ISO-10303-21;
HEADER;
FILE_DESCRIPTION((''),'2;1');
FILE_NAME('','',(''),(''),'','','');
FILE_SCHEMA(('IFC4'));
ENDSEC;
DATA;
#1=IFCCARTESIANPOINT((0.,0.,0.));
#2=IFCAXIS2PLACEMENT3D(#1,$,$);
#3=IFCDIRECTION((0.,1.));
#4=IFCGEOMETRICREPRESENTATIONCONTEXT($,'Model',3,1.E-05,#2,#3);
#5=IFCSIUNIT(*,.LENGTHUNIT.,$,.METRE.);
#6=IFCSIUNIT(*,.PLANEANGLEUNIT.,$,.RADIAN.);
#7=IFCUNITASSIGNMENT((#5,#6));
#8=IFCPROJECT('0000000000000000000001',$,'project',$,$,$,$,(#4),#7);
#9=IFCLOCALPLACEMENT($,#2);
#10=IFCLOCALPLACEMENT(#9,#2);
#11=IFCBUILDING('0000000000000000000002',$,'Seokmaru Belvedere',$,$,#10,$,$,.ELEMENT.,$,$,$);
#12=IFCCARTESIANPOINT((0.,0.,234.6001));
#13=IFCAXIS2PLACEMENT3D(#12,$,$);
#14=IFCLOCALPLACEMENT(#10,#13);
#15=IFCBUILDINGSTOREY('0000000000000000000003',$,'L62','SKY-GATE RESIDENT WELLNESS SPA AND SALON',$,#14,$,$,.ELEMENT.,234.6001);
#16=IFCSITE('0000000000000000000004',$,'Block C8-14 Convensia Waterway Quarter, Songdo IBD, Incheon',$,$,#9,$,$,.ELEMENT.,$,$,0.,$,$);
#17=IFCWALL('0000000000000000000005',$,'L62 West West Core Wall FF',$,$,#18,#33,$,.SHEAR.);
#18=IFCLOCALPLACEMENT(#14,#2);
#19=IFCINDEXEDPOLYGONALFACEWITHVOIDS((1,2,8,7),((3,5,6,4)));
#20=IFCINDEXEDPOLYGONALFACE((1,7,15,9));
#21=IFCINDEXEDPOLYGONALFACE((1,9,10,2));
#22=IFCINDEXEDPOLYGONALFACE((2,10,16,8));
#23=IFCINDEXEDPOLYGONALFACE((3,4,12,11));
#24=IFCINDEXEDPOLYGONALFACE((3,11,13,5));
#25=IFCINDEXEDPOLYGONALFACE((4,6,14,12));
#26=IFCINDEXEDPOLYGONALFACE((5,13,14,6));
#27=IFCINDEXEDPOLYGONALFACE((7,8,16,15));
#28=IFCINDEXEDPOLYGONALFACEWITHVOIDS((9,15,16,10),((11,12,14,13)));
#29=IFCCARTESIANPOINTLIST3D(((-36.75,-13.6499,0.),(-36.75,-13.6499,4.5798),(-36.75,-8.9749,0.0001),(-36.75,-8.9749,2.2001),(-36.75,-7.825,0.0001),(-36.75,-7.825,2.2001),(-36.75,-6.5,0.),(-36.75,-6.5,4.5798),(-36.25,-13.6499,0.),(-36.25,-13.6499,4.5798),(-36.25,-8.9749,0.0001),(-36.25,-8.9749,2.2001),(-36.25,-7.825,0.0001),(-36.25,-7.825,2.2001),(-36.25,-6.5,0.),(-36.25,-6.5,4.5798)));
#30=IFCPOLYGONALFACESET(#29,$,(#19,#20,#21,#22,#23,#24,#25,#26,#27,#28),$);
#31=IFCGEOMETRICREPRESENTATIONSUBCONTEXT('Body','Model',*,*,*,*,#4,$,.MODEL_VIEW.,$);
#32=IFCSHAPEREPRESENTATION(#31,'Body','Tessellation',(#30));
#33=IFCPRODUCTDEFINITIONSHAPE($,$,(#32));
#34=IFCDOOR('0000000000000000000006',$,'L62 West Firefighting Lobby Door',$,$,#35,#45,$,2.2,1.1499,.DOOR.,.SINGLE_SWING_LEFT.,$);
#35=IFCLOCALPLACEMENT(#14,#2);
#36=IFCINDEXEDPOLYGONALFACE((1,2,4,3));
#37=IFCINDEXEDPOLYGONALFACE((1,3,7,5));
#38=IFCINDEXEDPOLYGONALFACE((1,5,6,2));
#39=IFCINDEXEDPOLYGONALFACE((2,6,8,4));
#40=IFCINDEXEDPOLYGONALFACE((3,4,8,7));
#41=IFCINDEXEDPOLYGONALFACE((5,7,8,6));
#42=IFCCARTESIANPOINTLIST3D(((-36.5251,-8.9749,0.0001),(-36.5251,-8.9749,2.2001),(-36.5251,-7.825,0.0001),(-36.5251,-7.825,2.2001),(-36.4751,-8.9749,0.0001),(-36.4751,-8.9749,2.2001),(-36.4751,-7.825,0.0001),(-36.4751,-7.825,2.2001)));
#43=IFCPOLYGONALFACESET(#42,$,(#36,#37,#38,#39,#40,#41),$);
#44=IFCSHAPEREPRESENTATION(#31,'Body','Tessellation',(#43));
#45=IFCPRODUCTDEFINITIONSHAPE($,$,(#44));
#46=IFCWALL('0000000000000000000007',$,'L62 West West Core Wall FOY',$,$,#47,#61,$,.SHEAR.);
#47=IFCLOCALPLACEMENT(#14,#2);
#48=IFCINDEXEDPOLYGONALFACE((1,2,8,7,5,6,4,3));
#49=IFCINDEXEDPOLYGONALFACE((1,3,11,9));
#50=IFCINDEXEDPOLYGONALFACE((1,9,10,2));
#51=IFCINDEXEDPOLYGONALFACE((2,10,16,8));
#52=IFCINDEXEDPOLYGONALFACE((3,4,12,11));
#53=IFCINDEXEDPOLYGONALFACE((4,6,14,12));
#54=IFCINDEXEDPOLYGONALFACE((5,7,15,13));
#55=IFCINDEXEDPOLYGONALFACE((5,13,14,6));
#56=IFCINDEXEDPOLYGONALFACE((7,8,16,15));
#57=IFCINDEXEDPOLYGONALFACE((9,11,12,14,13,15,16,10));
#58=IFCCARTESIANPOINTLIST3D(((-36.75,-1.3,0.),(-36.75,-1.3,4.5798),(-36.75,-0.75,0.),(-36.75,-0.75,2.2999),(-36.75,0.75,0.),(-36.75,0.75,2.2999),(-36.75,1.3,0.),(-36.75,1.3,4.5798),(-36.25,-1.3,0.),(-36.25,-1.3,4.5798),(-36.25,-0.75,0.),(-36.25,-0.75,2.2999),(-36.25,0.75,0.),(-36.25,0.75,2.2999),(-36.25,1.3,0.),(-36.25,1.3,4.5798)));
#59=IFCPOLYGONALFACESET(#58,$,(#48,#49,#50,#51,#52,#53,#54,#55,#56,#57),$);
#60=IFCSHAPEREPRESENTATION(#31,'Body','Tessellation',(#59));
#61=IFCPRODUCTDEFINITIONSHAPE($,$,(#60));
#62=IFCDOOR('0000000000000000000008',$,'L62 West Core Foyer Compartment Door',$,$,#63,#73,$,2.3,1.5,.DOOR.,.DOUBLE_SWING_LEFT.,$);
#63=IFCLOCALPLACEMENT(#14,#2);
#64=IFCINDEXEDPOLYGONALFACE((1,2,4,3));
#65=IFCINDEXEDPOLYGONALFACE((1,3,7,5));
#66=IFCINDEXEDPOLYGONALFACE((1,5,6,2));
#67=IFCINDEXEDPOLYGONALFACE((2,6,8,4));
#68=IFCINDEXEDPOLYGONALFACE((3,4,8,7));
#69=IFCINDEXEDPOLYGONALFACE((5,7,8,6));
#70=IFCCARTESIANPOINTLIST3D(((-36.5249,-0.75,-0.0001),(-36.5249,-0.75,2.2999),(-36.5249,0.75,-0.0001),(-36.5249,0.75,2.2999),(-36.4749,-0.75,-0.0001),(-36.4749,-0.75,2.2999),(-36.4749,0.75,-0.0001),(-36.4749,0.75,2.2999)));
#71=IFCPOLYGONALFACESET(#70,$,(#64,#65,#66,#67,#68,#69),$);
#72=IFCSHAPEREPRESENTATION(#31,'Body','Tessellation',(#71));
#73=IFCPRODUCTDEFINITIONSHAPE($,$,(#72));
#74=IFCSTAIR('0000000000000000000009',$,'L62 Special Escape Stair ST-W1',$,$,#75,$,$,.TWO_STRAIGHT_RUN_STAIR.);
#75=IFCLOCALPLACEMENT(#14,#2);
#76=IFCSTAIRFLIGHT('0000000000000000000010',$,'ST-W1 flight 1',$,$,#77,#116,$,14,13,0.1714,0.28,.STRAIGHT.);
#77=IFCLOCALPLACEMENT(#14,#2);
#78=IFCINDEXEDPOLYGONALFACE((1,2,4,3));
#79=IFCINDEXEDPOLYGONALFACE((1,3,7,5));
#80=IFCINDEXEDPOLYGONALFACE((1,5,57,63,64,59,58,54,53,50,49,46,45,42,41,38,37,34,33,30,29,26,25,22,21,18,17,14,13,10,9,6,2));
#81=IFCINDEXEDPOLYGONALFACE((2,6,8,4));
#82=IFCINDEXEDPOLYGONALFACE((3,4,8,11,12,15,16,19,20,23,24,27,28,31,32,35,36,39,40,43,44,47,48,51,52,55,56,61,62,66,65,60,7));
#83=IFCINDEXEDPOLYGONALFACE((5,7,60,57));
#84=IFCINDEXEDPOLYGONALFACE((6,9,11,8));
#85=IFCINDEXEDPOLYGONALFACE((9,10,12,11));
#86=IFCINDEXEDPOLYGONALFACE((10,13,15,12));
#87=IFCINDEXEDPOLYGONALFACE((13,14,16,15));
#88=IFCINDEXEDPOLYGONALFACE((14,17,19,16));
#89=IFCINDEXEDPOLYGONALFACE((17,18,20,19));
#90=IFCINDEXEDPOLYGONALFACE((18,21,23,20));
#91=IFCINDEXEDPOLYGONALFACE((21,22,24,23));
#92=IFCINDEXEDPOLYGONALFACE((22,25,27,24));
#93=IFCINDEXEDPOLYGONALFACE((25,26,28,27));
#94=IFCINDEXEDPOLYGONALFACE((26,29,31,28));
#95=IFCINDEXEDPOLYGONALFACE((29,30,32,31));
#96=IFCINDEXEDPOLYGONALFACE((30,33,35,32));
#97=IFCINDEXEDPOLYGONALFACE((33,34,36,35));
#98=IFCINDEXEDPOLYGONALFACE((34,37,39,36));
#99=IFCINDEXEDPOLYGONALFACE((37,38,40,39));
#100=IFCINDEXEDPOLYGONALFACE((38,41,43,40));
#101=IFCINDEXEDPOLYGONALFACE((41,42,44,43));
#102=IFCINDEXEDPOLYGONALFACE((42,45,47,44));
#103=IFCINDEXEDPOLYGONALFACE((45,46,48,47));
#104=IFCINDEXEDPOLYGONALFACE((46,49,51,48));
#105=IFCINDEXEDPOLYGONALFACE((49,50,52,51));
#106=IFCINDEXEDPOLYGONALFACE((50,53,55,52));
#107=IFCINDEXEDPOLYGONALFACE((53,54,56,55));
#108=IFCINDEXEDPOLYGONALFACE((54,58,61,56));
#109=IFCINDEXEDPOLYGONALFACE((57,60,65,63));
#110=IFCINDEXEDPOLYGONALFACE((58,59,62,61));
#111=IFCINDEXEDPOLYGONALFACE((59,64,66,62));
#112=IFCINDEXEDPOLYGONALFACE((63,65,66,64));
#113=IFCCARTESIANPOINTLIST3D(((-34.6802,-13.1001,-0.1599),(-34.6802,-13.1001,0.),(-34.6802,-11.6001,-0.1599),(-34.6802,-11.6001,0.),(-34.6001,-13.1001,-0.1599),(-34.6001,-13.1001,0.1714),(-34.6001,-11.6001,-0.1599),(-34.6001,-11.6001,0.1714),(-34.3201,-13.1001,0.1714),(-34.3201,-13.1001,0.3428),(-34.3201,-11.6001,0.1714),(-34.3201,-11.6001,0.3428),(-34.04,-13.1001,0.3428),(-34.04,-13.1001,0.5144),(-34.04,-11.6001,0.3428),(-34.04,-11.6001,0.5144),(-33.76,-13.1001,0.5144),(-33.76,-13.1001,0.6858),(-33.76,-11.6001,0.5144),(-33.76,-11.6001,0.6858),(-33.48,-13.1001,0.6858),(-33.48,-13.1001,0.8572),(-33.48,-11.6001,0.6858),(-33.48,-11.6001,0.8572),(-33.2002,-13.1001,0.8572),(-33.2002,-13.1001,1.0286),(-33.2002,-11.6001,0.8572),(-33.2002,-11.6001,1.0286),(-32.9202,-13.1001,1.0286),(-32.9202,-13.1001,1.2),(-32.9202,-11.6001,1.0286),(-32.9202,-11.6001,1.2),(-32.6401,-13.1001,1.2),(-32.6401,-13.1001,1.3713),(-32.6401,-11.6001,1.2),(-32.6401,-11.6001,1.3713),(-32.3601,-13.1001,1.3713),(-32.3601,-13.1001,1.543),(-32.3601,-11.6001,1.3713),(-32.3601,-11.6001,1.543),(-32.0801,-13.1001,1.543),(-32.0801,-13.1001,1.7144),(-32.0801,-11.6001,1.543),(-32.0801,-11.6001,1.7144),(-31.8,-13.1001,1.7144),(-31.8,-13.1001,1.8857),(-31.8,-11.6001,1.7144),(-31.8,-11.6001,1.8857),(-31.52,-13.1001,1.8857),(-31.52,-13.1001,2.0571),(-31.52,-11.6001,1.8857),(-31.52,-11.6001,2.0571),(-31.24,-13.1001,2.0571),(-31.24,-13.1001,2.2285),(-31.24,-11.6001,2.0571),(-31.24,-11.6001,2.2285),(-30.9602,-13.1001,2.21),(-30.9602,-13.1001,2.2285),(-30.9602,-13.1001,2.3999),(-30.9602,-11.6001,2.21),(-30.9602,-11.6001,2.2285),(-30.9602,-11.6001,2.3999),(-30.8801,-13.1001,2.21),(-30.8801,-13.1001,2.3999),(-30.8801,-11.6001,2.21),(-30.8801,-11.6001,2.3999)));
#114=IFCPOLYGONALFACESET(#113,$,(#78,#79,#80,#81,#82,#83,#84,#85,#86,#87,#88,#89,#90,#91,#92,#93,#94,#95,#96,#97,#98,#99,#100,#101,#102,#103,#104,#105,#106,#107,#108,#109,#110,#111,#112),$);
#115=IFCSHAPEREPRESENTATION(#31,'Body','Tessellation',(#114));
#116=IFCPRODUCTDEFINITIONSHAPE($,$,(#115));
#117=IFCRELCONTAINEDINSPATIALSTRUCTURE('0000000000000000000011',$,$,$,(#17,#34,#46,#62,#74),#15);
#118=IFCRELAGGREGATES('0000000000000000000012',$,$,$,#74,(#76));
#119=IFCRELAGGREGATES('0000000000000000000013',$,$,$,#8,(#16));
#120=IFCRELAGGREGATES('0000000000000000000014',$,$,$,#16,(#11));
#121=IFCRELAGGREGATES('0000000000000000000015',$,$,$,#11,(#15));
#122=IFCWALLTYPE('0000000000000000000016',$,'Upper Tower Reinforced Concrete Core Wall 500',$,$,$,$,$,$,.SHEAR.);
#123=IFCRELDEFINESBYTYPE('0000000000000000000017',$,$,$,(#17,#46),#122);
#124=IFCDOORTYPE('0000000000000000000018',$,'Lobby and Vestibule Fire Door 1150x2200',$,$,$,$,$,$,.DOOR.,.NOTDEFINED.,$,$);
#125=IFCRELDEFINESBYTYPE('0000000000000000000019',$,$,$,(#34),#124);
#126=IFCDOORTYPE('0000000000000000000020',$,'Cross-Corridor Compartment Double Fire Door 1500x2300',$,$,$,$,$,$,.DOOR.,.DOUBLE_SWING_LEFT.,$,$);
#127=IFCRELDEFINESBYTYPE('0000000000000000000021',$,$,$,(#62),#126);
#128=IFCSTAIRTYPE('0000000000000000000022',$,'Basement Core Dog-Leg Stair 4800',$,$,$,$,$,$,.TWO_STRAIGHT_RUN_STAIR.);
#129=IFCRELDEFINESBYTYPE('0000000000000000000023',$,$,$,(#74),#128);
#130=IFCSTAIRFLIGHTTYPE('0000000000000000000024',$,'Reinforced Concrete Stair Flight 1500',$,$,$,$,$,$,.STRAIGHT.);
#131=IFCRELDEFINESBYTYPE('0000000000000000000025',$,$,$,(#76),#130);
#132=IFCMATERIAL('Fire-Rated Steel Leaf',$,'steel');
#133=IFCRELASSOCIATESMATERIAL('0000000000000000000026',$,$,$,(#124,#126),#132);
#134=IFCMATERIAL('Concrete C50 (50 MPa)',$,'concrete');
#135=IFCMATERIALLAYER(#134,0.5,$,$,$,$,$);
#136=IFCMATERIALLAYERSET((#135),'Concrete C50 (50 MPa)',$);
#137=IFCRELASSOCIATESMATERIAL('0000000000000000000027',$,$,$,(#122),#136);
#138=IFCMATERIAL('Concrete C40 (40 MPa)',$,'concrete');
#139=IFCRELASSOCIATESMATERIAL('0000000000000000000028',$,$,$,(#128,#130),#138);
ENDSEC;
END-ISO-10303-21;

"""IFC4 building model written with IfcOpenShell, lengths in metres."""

from ifc_helpers import new_model, si_unit, direction, frame, frame_2d, origin, place, context, subcontext, project, spatial, polyline, rectangle, outline, extrude, source, transform, mapped, material, layer, layer_set, type_object, type_shapes, element, fill, aggregate, save


model = new_model("IFC4")

# Units and contexts
model_context = context("Model", 3, precision=1e-05, world=origin(), true_north=direction((0.0, 1.0)))
body_context = subcontext(model_context, "Body", "Model", "MODEL_VIEW")
ifc_project = project(units=[si_unit("LENGTHUNIT", "METRE"), si_unit("PLANEANGLEUNIT", "RADIAN")], contexts=[model_context])

# Site, building, storey
site_placement = place(None, origin())
site = spatial("IfcSite", under=ifc_project, at=site_placement, Name="Block C8-14 Convensia Waterway Quarter, Songdo IBD, Incheon", CompositionType="ELEMENT", RefElevation=0.0)
building_placement = place(site_placement, origin())
building = spatial("IfcBuilding", under=site, at=building_placement, Name="Seokmaru Belvedere", CompositionType="ELEMENT")
storey_placement = place(building_placement, frame((0.0, 0.0, 234.6001)))
storey = spatial("IfcBuildingStorey", under=building, at=storey_placement, Name="L62", Description="SKY-GATE RESIDENT WELLNESS SPA AND SALON", CompositionType="ELEMENT", Elevation=234.6001)

# Shared definitions
ifc_material_1 = material(Name="Fire-Rated Steel Leaf", Category="steel")
door_type_1 = type_object("IfcDoorType", Name="Lobby and Vestibule Fire Door 1150x2200", OperationType="NOTDEFINED", PredefinedType="DOOR", material=ifc_material_1)
shared_shape_1 = source(origin(), body_context, "Body", "SweptSolid", [
    extrude(rectangle(XDim=1.1499, YDim=2.2, at=frame_2d((0.575, 1.1001))), frame((0.0, 0.0249, 0.0), z_axis=(0.0, -1.0, 0.0), x_axis=(1.0, 0.0, 0.0)), (0.0, 0.0, 1.0), 0.05),
])
type_shapes(door_type_1, [shared_shape_1])

# Shared definitions
ifc_material_2 = material(Name="Concrete C50 (50 MPa)", Category="concrete")

# Shared definitions
ifc_layer_1 = layer(ifc_material_2, 0.5)
ifc_layer_set_1 = layer_set([ifc_layer_1], Name="Concrete C50 (50 MPa)")
wall_type_1 = type_object("IfcWallType", Name="Upper Tower Reinforced Concrete Core Wall 500", PredefinedType="SHEAR", material=ifc_layer_set_1)

# Walls, openings, doors
wall_1_placement = place(storey_placement, frame((-36.5, -13.6499, 0.0), z_axis=(0.0, 0.0, 1.0), x_axis=(0.0, 1.0, 0.0)))
wall_1 = element("IfcWall", 1, at=wall_1_placement, inside=storey, type_object=wall_type_1, Name="L62 West West Core Wall FF", PredefinedType="SHEAR", context=body_context, shape_type="SweptSolid", body=[
    extrude(rectangle(XDim=7.1499, YDim=0.5, at=frame_2d((3.575, 0.0))), origin(), (0.0, 0.0, 1.0), 4.5798),
])
opening_1_placement = place(wall_1_placement, frame((4.675, 0.0, 0.0)))
opening_1 = element("IfcOpeningElement", 2, at=opening_1_placement, cuts=wall_1, PredefinedType="OPENING", context=body_context, shape_type="SweptSolid", body=[
    extrude(rectangle(XDim=1.1499, YDim=2.2, at=frame_2d((0.575, 1.1001))), frame((0.0, 0.26, 0.0), z_axis=(0.0, -1.0, 0.0), x_axis=(1.0, 0.0, 0.0)), (0.0, 0.0, 1.0), 0.52),
])
door_1_placement = place(opening_1_placement, frame((1.1499, 0.0, 0.0), z_axis=(0.0, 0.0, 1.0), x_axis=(-1.0, 0.0, 0.0)))
door_1 = element("IfcDoor", 3, at=door_1_placement, inside=storey, type_object=door_type_1, Name="L62 West Firefighting Lobby Door", OperationType="SINGLE_SWING_LEFT", OverallHeight=2.2, OverallWidth=1.1499, PredefinedType="DOOR", context=body_context, shape_type="MappedRepresentation", body=[
    mapped(shared_shape_1, transform((0.0, 0.0, 0.0), scale=1.0)),
])
fill(opening_1, door_1)
wall_2_placement = place(storey_placement, frame((-36.5, -1.3, 0.0), z_axis=(0.0, 0.0, 1.0), x_axis=(0.0, 1.0, 0.0)))
wall_2 = element("IfcWall", 4, at=wall_2_placement, inside=storey, type_object=wall_type_1, Name="L62 West West Core Wall FOY", PredefinedType="SHEAR", context=body_context, shape_type="SweptSolid", body=[
    extrude(rectangle(XDim=2.6001, YDim=0.5, at=frame_2d((1.3, 0.0))), origin(), (0.0, 0.0, 1.0), 4.5798),
])
opening_2_placement = place(wall_2_placement, frame((0.55, 0.0, 0.0)))
opening_2 = element("IfcOpeningElement", 5, at=opening_2_placement, cuts=wall_2, PredefinedType="OPENING", context=body_context, shape_type="SweptSolid", body=[
    extrude(rectangle(XDim=1.5, YDim=2.3, at=frame_2d((0.75, 1.1499))), frame((0.0, 0.26, 0.0), z_axis=(0.0, -1.0, 0.0), x_axis=(1.0, 0.0, 0.0)), (0.0, 0.0, 1.0), 0.52),
])
door_type_2 = type_object("IfcDoorType", Name="Cross-Corridor Compartment Double Fire Door 1500x2300", OperationType="DOUBLE_SWING_LEFT", PredefinedType="DOOR", material=ifc_material_1)
shared_shape_2 = source(origin(), body_context, "Body", "SweptSolid", [
    extrude(rectangle(XDim=1.5, YDim=2.3, at=frame_2d((0.75, 1.1499))), frame((0.0, 0.0249, 0.0), z_axis=(0.0, -1.0, 0.0), x_axis=(1.0, 0.0, 0.0)), (0.0, 0.0, 1.0), 0.05),
])
type_shapes(door_type_2, [shared_shape_2])
door_2_placement = place(opening_2_placement, origin())
door_2 = element("IfcDoor", 6, at=door_2_placement, inside=storey, type_object=door_type_2, Name="L62 West Core Foyer Compartment Door", OperationType="DOUBLE_SWING_LEFT", OverallHeight=2.3, OverallWidth=1.5, PredefinedType="DOOR", context=body_context, shape_type="MappedRepresentation", body=[
    mapped(shared_shape_2, transform((0.0, 0.0, 0.0), scale=1.0)),
])
fill(opening_2, door_2)

# Stair, stair flight
ifc_material_3 = material(Name="Concrete C40 (40 MPa)", Category="concrete")
stair_type = type_object("IfcStairType", Name="Basement Core Dog-Leg Stair 4800", PredefinedType="TWO_STRAIGHT_RUN_STAIR", material=ifc_material_3)
stair_placement = place(storey_placement, origin())
stair = element("IfcStair", 7, at=stair_placement, inside=storey, type_object=stair_type, Name="L62 Special Escape Stair ST-W1", PredefinedType="TWO_STRAIGHT_RUN_STAIR")
stair_flight_type = type_object("IfcStairFlightType", Name="Reinforced Concrete Stair Flight 1500", PredefinedType="STRAIGHT", material=ifc_material_3)
stair_flight_placement = place(storey_placement, frame((-34.6001, -12.3501, 0.0), z_axis=(0.0, 0.0, 1.0), x_axis=(1.0, 0.0, 0.0)))
stair_flight = element("IfcStairFlight", 8, at=stair_flight_placement, type_object=stair_flight_type, Name="ST-W1 flight 1", NumberOfRisers=14, NumberOfTreads=13, PredefinedType="STRAIGHT", RiserHeight=0.1714, TreadLength=0.28, context=body_context, shape_type="SweptSolid", body=[
    extrude(outline(polyline([(-0.0801, 0.0), (0.0, 0.1714), (0.28, 0.1714), (0.28, 0.3428), (0.5601, 0.3428), (0.5601, 0.5144), (0.8401, 0.5144), (0.8401, 0.6858), (1.1201, 0.6858), (1.1201, 0.8572), (1.3999, 0.8572), (1.3999, 1.0286), (1.6799, 1.0286), (1.6799, 1.2), (1.96, 1.2), (1.96, 1.3713), (2.24, 1.3713), (2.24, 1.543), (2.52, 1.543), (2.52, 1.7144), (2.8, 1.7144), (2.8, 1.8857), (3.0801, 1.8857), (3.0801, 2.0571), (3.3601, 2.0571), (3.3601, 2.2285), (3.6399, 2.2285), (3.6399, 2.3999), (3.72, 2.3999), (3.72, 2.21), (3.6399, 2.21), (0.0, -0.1599), (-0.0801, -0.1599), (-0.0801, 0.0)])), frame((0.0, 0.75, 0.0), z_axis=(0.0, -1.0, 0.0), x_axis=(1.0, 0.0, 0.0)), (0.0, 0.0, 1.0), 1.5),
])
aggregate(stair, [stair_flight])

save(model, "model.ifc")
